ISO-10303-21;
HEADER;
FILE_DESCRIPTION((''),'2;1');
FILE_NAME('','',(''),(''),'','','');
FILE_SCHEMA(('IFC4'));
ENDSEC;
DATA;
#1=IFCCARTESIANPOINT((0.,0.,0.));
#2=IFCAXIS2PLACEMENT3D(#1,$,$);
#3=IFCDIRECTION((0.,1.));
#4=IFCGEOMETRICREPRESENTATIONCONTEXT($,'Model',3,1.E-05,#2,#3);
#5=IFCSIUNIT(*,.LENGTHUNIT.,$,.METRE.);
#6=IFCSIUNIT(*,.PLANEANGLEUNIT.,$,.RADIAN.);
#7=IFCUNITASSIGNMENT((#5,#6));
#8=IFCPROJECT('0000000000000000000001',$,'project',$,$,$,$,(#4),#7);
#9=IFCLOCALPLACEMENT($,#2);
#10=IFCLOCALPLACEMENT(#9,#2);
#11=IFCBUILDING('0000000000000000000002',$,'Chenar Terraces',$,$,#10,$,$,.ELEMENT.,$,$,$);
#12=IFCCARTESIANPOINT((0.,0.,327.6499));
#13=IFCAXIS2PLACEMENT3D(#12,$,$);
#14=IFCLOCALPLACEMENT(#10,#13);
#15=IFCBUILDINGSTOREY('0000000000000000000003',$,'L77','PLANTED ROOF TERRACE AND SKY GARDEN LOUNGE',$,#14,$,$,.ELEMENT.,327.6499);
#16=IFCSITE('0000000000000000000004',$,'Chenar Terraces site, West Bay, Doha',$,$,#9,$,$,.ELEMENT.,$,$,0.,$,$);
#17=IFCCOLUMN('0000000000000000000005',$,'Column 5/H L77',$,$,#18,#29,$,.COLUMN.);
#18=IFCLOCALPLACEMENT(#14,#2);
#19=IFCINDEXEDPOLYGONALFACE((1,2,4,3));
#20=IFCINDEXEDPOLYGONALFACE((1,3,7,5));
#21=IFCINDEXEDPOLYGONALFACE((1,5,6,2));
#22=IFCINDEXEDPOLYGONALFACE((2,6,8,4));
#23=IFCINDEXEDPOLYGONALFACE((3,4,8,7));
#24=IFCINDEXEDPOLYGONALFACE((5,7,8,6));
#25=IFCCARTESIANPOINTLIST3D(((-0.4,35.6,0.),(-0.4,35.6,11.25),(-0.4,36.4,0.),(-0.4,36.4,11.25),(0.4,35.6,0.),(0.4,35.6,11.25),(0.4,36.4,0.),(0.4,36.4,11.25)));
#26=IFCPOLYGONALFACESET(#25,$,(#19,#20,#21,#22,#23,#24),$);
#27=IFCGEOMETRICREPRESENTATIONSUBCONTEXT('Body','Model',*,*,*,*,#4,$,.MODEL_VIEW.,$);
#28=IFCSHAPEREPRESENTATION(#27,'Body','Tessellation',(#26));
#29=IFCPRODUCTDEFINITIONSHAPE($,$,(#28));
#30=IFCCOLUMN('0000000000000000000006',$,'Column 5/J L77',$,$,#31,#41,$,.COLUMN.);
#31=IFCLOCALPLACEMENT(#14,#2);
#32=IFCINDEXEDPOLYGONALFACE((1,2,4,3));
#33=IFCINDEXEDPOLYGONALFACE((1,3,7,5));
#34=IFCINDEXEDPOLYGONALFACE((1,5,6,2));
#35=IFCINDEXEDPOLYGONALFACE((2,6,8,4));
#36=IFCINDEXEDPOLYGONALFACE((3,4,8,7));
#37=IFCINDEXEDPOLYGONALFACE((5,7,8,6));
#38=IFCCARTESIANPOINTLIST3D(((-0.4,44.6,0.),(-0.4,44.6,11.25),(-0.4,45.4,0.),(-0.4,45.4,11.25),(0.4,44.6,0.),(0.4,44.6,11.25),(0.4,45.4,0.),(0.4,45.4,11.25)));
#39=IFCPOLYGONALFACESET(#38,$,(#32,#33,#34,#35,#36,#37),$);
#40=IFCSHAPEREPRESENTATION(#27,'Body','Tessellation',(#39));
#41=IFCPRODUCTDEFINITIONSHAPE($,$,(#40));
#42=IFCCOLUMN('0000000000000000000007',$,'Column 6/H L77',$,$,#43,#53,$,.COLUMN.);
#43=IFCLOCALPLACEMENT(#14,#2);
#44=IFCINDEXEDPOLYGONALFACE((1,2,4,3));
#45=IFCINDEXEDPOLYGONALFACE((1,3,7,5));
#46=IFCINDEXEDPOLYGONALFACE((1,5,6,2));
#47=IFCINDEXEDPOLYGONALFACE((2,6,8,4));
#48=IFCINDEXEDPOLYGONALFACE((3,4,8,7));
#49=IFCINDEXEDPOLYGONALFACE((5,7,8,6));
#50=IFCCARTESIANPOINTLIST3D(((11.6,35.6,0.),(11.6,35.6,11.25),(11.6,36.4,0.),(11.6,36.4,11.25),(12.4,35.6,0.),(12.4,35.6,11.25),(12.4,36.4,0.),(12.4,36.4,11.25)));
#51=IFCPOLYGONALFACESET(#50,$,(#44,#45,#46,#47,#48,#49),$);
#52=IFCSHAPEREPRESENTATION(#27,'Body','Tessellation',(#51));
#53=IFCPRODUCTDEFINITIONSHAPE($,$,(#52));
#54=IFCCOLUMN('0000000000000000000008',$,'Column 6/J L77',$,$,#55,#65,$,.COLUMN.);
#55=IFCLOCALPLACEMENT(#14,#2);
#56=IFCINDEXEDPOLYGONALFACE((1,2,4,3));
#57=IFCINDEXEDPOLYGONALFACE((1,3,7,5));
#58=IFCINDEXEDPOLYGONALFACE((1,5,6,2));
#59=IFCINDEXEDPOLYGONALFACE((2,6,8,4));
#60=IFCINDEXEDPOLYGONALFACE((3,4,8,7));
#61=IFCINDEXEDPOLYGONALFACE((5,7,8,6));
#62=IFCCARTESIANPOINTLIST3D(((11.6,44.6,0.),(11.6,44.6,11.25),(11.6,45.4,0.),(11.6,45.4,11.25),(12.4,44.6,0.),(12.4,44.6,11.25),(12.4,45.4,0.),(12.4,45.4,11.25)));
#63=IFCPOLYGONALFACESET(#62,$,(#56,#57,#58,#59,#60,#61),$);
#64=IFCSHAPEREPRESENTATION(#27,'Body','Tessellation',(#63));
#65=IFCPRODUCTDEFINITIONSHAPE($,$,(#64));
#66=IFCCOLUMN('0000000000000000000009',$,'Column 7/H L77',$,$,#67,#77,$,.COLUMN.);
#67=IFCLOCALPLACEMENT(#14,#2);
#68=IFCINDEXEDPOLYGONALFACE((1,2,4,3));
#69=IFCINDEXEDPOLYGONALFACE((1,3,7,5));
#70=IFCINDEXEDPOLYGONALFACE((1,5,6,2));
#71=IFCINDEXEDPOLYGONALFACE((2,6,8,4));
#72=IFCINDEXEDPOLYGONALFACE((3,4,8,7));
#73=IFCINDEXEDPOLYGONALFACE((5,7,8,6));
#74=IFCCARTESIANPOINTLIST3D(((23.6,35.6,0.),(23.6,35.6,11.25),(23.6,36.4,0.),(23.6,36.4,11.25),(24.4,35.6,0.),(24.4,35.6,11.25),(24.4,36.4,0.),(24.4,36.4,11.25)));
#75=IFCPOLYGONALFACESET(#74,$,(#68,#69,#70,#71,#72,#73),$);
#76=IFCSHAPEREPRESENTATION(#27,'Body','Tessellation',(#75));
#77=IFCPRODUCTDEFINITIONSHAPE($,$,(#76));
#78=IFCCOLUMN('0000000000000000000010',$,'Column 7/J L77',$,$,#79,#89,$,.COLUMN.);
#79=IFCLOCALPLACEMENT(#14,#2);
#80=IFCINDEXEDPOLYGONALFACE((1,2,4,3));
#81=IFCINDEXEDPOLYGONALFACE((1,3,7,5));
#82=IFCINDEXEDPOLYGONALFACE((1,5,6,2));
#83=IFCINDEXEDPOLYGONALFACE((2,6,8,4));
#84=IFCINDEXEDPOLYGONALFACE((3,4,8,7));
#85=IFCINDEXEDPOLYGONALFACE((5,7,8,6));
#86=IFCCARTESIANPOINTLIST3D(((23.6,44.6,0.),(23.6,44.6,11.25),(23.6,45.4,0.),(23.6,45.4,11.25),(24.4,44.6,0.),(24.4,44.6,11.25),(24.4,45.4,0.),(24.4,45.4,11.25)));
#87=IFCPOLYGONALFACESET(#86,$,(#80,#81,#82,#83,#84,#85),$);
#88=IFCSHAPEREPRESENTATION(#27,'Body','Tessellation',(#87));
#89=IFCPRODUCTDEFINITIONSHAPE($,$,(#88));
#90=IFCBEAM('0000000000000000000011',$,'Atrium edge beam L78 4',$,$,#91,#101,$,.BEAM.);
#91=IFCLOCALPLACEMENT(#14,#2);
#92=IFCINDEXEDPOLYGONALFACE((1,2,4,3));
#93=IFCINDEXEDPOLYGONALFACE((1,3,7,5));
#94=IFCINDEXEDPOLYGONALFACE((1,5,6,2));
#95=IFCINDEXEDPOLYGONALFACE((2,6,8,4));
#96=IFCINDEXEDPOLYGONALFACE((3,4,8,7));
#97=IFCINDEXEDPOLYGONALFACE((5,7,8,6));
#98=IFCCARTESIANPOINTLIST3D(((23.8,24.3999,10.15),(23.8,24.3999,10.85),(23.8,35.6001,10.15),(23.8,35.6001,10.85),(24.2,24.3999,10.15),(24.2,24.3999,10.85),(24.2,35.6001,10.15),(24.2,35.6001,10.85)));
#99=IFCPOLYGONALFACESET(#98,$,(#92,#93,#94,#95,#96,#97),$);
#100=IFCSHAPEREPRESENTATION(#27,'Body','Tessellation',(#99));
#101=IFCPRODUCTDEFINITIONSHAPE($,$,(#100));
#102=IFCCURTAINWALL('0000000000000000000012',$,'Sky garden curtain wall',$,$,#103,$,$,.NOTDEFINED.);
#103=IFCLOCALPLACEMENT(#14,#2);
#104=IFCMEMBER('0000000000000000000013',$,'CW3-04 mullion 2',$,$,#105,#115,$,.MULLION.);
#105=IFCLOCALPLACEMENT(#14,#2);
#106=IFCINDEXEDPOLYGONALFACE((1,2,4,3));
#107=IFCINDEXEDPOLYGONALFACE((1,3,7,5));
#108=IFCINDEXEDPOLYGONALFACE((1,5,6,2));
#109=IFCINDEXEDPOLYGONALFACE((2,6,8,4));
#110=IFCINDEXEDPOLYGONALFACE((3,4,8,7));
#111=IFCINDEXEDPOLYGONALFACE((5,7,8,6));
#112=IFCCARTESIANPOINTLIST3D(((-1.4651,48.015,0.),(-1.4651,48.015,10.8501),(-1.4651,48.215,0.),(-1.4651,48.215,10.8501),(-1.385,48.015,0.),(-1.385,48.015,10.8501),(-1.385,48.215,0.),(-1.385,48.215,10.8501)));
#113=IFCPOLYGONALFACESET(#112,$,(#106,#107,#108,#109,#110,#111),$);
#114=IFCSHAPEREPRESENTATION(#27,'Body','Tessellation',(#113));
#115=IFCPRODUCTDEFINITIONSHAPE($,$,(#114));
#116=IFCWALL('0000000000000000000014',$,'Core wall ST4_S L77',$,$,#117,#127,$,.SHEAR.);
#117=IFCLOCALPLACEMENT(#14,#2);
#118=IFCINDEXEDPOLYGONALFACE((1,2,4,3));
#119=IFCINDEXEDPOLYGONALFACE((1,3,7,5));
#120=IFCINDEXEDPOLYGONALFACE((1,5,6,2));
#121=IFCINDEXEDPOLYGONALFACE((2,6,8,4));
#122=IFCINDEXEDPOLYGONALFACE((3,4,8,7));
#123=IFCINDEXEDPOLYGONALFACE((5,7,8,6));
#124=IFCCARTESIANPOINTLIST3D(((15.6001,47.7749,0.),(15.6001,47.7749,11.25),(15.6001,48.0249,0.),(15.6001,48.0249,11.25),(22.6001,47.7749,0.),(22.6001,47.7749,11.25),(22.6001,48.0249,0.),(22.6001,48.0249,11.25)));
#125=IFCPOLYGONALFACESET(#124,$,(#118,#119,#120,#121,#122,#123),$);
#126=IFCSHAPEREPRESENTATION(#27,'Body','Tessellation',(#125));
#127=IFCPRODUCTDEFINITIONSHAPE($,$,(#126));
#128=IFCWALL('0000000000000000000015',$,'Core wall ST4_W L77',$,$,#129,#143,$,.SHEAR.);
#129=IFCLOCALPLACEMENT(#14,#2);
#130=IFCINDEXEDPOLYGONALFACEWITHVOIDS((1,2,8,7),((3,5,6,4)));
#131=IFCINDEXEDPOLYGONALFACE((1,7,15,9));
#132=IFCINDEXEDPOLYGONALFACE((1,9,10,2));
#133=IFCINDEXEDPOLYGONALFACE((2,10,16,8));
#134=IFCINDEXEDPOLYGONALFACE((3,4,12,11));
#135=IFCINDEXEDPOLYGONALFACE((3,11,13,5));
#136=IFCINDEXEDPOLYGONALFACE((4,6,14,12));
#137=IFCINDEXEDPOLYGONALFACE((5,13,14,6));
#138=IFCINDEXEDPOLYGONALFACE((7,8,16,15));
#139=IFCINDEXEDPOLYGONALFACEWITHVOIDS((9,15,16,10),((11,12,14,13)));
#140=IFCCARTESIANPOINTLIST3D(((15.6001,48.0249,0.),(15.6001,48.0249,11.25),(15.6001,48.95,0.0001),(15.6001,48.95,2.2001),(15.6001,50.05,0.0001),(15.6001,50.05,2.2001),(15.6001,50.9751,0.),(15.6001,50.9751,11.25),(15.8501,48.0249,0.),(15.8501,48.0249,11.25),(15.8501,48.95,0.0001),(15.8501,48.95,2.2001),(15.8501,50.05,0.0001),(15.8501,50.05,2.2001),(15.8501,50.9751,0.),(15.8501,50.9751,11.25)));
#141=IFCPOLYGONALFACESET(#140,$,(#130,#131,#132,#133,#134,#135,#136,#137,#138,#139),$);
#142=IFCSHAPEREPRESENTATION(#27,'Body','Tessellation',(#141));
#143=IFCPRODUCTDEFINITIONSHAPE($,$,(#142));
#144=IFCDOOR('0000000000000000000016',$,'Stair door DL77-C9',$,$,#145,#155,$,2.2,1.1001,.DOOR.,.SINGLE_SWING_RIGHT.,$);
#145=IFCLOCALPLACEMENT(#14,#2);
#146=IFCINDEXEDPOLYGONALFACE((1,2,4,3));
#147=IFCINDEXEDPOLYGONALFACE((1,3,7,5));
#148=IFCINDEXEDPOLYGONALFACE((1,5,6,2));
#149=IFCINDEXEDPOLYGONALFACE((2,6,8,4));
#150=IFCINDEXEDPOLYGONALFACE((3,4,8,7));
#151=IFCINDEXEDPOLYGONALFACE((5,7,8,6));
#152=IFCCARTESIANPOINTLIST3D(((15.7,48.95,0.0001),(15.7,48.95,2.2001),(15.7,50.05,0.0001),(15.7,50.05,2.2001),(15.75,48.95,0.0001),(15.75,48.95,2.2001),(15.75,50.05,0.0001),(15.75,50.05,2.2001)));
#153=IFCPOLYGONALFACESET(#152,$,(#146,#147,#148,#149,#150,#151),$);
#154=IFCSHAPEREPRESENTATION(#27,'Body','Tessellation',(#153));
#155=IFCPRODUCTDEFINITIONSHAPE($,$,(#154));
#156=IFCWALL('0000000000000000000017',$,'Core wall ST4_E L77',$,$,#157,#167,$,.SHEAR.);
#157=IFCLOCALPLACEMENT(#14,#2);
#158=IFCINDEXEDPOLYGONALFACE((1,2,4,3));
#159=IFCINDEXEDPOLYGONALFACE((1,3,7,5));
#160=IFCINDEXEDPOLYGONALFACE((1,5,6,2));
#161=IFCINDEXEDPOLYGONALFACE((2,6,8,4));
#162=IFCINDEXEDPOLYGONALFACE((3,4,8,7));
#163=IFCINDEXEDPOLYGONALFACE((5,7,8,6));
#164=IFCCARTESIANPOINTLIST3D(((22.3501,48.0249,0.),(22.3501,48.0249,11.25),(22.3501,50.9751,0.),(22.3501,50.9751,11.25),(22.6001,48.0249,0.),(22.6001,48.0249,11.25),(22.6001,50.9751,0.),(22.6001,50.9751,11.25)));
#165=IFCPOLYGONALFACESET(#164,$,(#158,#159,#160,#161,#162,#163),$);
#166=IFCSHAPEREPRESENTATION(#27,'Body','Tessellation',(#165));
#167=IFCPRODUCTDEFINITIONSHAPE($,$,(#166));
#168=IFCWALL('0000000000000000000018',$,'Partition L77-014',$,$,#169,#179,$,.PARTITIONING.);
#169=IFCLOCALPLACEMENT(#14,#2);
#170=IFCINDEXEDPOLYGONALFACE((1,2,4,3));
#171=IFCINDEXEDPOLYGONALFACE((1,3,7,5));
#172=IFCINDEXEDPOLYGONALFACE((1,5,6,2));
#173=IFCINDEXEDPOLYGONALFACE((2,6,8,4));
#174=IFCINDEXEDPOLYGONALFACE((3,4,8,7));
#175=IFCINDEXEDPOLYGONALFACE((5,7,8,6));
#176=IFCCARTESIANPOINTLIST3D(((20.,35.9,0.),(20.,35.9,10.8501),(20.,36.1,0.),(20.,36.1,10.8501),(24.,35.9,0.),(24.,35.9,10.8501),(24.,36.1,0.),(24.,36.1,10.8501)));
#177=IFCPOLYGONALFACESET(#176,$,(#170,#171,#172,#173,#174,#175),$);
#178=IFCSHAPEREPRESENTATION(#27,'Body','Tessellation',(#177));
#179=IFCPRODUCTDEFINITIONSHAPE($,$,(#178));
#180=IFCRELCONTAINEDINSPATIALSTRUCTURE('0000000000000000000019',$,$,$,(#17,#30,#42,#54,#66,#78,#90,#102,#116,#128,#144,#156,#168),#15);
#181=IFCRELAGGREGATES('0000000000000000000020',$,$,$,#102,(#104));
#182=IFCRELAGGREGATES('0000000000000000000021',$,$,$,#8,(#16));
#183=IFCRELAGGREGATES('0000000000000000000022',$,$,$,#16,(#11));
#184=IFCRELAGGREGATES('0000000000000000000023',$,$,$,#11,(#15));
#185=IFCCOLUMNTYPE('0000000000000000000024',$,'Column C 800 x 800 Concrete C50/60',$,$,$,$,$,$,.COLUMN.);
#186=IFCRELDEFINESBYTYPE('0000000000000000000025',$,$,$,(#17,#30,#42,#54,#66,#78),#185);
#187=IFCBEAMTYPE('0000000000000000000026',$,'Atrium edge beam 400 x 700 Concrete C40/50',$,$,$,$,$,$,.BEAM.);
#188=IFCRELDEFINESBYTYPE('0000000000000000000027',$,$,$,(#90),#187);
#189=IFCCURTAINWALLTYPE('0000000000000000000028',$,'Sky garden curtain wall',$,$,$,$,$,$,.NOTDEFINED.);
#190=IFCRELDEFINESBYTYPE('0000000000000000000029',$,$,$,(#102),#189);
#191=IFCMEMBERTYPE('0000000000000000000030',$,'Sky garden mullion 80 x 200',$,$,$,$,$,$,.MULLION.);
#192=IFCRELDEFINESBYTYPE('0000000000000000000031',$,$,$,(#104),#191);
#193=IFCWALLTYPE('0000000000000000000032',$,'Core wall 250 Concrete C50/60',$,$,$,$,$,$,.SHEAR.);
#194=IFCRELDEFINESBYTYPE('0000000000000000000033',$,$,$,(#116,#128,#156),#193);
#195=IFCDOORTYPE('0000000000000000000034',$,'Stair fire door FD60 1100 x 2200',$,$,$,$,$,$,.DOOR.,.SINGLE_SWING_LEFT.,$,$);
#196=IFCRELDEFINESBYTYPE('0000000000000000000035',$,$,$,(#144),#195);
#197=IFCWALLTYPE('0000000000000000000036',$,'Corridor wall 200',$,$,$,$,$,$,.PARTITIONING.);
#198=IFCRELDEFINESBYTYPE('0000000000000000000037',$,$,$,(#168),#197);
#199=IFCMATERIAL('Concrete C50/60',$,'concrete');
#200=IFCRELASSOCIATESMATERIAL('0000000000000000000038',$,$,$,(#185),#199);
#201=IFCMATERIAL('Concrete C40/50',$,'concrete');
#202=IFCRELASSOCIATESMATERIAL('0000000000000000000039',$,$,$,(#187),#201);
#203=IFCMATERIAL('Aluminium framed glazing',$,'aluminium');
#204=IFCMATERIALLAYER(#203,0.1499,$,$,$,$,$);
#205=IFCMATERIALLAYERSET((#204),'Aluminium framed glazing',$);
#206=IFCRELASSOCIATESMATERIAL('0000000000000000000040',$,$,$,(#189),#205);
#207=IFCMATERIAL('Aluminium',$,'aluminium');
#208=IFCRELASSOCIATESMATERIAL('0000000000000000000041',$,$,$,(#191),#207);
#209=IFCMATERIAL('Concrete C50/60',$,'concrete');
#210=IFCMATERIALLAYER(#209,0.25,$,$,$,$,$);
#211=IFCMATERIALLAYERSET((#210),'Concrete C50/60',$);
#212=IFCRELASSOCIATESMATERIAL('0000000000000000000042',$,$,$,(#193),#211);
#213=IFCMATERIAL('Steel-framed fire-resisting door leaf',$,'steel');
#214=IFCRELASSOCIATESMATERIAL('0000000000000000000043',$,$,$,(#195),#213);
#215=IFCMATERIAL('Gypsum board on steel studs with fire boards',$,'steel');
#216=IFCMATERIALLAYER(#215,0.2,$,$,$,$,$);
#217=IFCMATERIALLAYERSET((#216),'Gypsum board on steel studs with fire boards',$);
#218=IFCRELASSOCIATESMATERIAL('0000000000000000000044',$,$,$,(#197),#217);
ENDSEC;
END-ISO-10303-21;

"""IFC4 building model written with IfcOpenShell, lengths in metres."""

from ifc_helpers import new_model, si_unit, direction, frame, frame_2d, origin, origin_2d, place, context, subcontext, project, spatial, rectangle, extrude, material, layer, layer_set, material_profile, profile_set, type_object, element, fill, aggregate, save


model = new_model("IFC4")

# Units and contexts
model_context = context("Model", 3, precision=1e-05, world=origin(), true_north=direction((0.0, 1.0)))
body_context = subcontext(model_context, "Body", "Model", "MODEL_VIEW")
ifc_project = project(units=[si_unit("LENGTHUNIT", "METRE"), si_unit("PLANEANGLEUNIT", "RADIAN")], contexts=[model_context])

# Site, building, storey
site_placement = place(None, origin())
site = spatial("IfcSite", under=ifc_project, at=site_placement, Name="Chenar Terraces site, West Bay, Doha", CompositionType="ELEMENT", RefElevation=0.0)
building_placement = place(site_placement, origin())
building = spatial("IfcBuilding", under=site, at=building_placement, Name="Chenar Terraces", CompositionType="ELEMENT")
storey_placement = place(building_placement, frame((0.0, 0.0, 327.6499)))
storey = spatial("IfcBuildingStorey", under=building, at=storey_placement, Name="L77", Description="PLANTED ROOF TERRACE AND SKY GARDEN LOUNGE", CompositionType="ELEMENT", Elevation=327.6499)

# Columns
ifc_material_1 = material(Name="Concrete C50/60", Category="concrete")
ifc_material_profile_1 = material_profile(ifc_material_1, rectangle(XDim=0.8, YDim=0.8, at=origin_2d()), Name="C 800 x 800")
ifc_profile_set_1 = profile_set([ifc_material_profile_1], Name="Concrete C50/60")
column_type = type_object("IfcColumnType", Name="Column C 800 x 800 Concrete C50/60", PredefinedType="COLUMN", material=ifc_profile_set_1)
placement_1 = place(storey_placement, frame((0.0, 36.0, 0.0), z_axis=(0.0, 0.0, 1.0), x_axis=(1.0, 0.0, 0.0)))
element("IfcColumn", 1, at=placement_1, inside=storey, type_object=column_type, Name="Column 5/H L77", PredefinedType="COLUMN", context=body_context, shape_type="SweptSolid", body=[
    extrude(rectangle(XDim=0.8, YDim=0.8, at=origin_2d()), origin(), (0.0, 0.0, 1.0), 11.25),
])
for number, where, z_axis, x_axis, name in (
    (2, (0.0, 45.0, 0.0), (0.0, 0.0, 1.0), (1.0, 0.0, 0.0), "Column 5/J L77"),
    (3, (12.0, 36.0, 0.0), (0.0, 0.0, 1.0), (1.0, 0.0, 0.0), "Column 6/H L77"),
    (4, (12.0, 45.0, 0.0), (0.0, 0.0, 1.0), (1.0, 0.0, 0.0), "Column 6/J L77"),
    (5, (24.0, 36.0, 0.0), (0.0, 0.0, 1.0), (1.0, 0.0, 0.0), "Column 7/H L77"),
    (6, (24.0, 45.0, 0.0), (0.0, 0.0, 1.0), (1.0, 0.0, 0.0), "Column 7/J L77"),
):
    element("IfcColumn", number, at=place(storey_placement, frame(where, z_axis=z_axis, x_axis=x_axis)), inside=storey, type_object=column_type, Name=name, PredefinedType="COLUMN", context=body_context, shape_type="SweptSolid", body=[
        extrude(rectangle(XDim=0.8, YDim=0.8, at=origin_2d()), origin(), (0.0, 0.0, 1.0), 11.25),
    ])

# Beam
ifc_material_2 = material(Name="Concrete C40/50", Category="concrete")
ifc_material_profile_2 = material_profile(ifc_material_2, rectangle(XDim=0.3999, YDim=0.7, at=origin_2d()), Name="RC 400 x 700")
ifc_profile_set_2 = profile_set([ifc_material_profile_2], Name="Concrete C40/50")
beam_type = type_object("IfcBeamType", Name="Atrium edge beam 400 x 700 Concrete C40/50", PredefinedType="BEAM", material=ifc_profile_set_2)
beam_placement = place(storey_placement, frame((24.0, 35.6001, 10.5), z_axis=(0.0, -1.0, 0.0), x_axis=(1.0, 0.0, 0.0)))
element("IfcBeam", 7, at=beam_placement, inside=storey, type_object=beam_type, Name="Atrium edge beam L78 4", PredefinedType="BEAM", context=body_context, shape_type="SweptSolid", body=[
    extrude(rectangle(XDim=0.3999, YDim=0.7, at=origin_2d()), origin(), (0.0, 0.0, 1.0), 11.2002),
])

# Curtain wall, member
ifc_material_3 = material(Name="Aluminium framed glazing", Category="aluminium")
ifc_layer_1 = layer(ifc_material_3, 0.1499)
ifc_layer_set_1 = layer_set([ifc_layer_1], Name="Aluminium framed glazing")
curtain_wall_type = type_object("IfcCurtainWallType", Name="Sky garden curtain wall", PredefinedType="NOTDEFINED", material=ifc_layer_set_1)
placement_2 = place(storey_placement, origin())
curtain_wall = element("IfcCurtainWall", 8, at=placement_2, inside=storey, type_object=curtain_wall_type, Name="Sky garden curtain wall", PredefinedType="NOTDEFINED")
ifc_material_4 = material(Name="Aluminium", Category="aluminium")
ifc_material_profile_3 = material_profile(ifc_material_4, rectangle(XDim=0.0801, YDim=0.2, at=origin_2d()), Name="Sky garden mullion 80 x 200")
ifc_profile_set_3 = profile_set([ifc_material_profile_3], Name="Aluminium")
member_type = type_object("IfcMemberType", Name="Sky garden mullion 80 x 200", PredefinedType="MULLION", material=ifc_profile_set_3)
member_placement = place(storey_placement, frame((-1.425, 48.115, 0.0), z_axis=(0.0, 0.0, 1.0), x_axis=(1.0, 0.0, 0.0)))
member = element("IfcMember", 9, at=member_placement, type_object=member_type, Name="CW3-04 mullion 2", PredefinedType="MULLION", context=body_context, shape_type="SweptSolid", body=[
    extrude(rectangle(XDim=0.0801, YDim=0.2, at=origin_2d()), origin(), (0.0, 0.0, 1.0), 10.8501),
])
aggregate(curtain_wall, [member])

# Wall
ifc_material_5 = material(Name="Concrete C50/60", Category="concrete")
ifc_layer_2 = layer(ifc_material_5, 0.25)
ifc_layer_set_2 = layer_set([ifc_layer_2], Name="Concrete C50/60")
wall_type_1 = type_object("IfcWallType", Name="Core wall 250 Concrete C50/60", PredefinedType="SHEAR", material=ifc_layer_set_2)
wall_1_placement = place(storey_placement, frame((15.6001, 47.8999, 0.0), z_axis=(0.0, 0.0, 1.0), x_axis=(1.0, 0.0, 0.0)))
element("IfcWall", 10, at=wall_1_placement, inside=storey, type_object=wall_type_1, Name="Core wall ST4_S L77", PredefinedType="SHEAR", context=body_context, shape_type="SweptSolid", body=[
    extrude(rectangle(XDim=7.0, YDim=0.25, at=frame_2d((3.5, 0.0))), origin(), (0.0, 0.0, 1.0), 11.25),
])

# Wall, opening, door
wall_2_placement = place(storey_placement, frame((15.7251, 48.0249, 0.0), z_axis=(0.0, 0.0, 1.0), x_axis=(0.0, 1.0, 0.0)))
wall_2 = element("IfcWall", 11, at=wall_2_placement, inside=storey, type_object=wall_type_1, Name="Core wall ST4_W L77", PredefinedType="SHEAR", context=body_context, shape_type="SweptSolid", body=[
    extrude(rectangle(XDim=2.9502, YDim=0.25, at=frame_2d((1.4751, 0.0))), origin(), (0.0, 0.0, 1.0), 11.25),
])
opening_1_placement = place(wall_2_placement, frame((0.925, 0.0, 0.0)))
opening_1 = element("IfcOpeningElement", 12, at=opening_1_placement, cuts=wall_2, PredefinedType="OPENING", context=body_context, shape_type="SweptSolid", body=[
    extrude(rectangle(XDim=1.1001, YDim=2.2, at=frame_2d((0.55, 1.1001))), frame((0.0, 0.135, 0.0), z_axis=(0.0, -1.0, 0.0), x_axis=(1.0, 0.0, 0.0)), (0.0, 0.0, 1.0), 0.27),
])
ifc_material_6 = material(Name="Steel-framed fire-resisting door leaf", Category="steel")
door_type = type_object("IfcDoorType", Name="Stair fire door FD60 1100 x 2200", OperationType="SINGLE_SWING_LEFT", PredefinedType="DOOR", material=ifc_material_6)
door_placement = place(opening_1_placement, frame((1.1001, 0.0, 0.0), z_axis=(0.0, 0.0, 1.0), x_axis=(-1.0, 0.0, 0.0)))
door = element("IfcDoor", 13, at=door_placement, inside=storey, type_object=door_type, Name="Stair door DL77-C9", OperationType="SINGLE_SWING_RIGHT", OverallHeight=2.2, OverallWidth=1.1001, PredefinedType="DOOR", context=body_context, shape_type="SweptSolid", body=[
    extrude(rectangle(XDim=1.1001, YDim=2.2, at=frame_2d((0.55, 1.1001))), frame((0.0, 0.0249, 0.0), z_axis=(0.0, -1.0, 0.0), x_axis=(1.0, 0.0, 0.0)), (0.0, 0.0, 1.0), 0.05),
])
fill(opening_1, door)

# Walls
wall_3_placement = place(storey_placement, frame((22.4751, 48.0249, 0.0), z_axis=(0.0, 0.0, 1.0), x_axis=(0.0, 1.0, 0.0)))
element("IfcWall", 14, at=wall_3_placement, inside=storey, type_object=wall_type_1, Name="Core wall ST4_E L77", PredefinedType="SHEAR", context=body_context, shape_type="SweptSolid", body=[
    extrude(rectangle(XDim=2.9502, YDim=0.25, at=frame_2d((1.4751, 0.0))), origin(), (0.0, 0.0, 1.0), 11.25),
])
ifc_material_7 = material(Name="Gypsum board on steel studs with fire boards", Category="steel")
ifc_layer_3 = layer(ifc_material_7, 0.2)
ifc_layer_set_3 = layer_set([ifc_layer_3], Name="Gypsum board on steel studs with fire boards")
wall_type_2 = type_object("IfcWallType", Name="Corridor wall 200", PredefinedType="PARTITIONING", material=ifc_layer_set_3)
wall_4_placement = place(storey_placement, frame((20.0, 36.0, 0.0), z_axis=(0.0, 0.0, 1.0), x_axis=(1.0, 0.0, 0.0)))
element("IfcWall", 15, at=wall_4_placement, inside=storey, type_object=wall_type_2, Name="Partition L77-014", PredefinedType="PARTITIONING", context=body_context, shape_type="SweptSolid", body=[
    extrude(rectangle(XDim=4.0, YDim=0.2, at=frame_2d((2.0, 0.0))), origin(), (0.0, 0.0, 1.0), 10.8501),
])

save(model, "model.ifc")
